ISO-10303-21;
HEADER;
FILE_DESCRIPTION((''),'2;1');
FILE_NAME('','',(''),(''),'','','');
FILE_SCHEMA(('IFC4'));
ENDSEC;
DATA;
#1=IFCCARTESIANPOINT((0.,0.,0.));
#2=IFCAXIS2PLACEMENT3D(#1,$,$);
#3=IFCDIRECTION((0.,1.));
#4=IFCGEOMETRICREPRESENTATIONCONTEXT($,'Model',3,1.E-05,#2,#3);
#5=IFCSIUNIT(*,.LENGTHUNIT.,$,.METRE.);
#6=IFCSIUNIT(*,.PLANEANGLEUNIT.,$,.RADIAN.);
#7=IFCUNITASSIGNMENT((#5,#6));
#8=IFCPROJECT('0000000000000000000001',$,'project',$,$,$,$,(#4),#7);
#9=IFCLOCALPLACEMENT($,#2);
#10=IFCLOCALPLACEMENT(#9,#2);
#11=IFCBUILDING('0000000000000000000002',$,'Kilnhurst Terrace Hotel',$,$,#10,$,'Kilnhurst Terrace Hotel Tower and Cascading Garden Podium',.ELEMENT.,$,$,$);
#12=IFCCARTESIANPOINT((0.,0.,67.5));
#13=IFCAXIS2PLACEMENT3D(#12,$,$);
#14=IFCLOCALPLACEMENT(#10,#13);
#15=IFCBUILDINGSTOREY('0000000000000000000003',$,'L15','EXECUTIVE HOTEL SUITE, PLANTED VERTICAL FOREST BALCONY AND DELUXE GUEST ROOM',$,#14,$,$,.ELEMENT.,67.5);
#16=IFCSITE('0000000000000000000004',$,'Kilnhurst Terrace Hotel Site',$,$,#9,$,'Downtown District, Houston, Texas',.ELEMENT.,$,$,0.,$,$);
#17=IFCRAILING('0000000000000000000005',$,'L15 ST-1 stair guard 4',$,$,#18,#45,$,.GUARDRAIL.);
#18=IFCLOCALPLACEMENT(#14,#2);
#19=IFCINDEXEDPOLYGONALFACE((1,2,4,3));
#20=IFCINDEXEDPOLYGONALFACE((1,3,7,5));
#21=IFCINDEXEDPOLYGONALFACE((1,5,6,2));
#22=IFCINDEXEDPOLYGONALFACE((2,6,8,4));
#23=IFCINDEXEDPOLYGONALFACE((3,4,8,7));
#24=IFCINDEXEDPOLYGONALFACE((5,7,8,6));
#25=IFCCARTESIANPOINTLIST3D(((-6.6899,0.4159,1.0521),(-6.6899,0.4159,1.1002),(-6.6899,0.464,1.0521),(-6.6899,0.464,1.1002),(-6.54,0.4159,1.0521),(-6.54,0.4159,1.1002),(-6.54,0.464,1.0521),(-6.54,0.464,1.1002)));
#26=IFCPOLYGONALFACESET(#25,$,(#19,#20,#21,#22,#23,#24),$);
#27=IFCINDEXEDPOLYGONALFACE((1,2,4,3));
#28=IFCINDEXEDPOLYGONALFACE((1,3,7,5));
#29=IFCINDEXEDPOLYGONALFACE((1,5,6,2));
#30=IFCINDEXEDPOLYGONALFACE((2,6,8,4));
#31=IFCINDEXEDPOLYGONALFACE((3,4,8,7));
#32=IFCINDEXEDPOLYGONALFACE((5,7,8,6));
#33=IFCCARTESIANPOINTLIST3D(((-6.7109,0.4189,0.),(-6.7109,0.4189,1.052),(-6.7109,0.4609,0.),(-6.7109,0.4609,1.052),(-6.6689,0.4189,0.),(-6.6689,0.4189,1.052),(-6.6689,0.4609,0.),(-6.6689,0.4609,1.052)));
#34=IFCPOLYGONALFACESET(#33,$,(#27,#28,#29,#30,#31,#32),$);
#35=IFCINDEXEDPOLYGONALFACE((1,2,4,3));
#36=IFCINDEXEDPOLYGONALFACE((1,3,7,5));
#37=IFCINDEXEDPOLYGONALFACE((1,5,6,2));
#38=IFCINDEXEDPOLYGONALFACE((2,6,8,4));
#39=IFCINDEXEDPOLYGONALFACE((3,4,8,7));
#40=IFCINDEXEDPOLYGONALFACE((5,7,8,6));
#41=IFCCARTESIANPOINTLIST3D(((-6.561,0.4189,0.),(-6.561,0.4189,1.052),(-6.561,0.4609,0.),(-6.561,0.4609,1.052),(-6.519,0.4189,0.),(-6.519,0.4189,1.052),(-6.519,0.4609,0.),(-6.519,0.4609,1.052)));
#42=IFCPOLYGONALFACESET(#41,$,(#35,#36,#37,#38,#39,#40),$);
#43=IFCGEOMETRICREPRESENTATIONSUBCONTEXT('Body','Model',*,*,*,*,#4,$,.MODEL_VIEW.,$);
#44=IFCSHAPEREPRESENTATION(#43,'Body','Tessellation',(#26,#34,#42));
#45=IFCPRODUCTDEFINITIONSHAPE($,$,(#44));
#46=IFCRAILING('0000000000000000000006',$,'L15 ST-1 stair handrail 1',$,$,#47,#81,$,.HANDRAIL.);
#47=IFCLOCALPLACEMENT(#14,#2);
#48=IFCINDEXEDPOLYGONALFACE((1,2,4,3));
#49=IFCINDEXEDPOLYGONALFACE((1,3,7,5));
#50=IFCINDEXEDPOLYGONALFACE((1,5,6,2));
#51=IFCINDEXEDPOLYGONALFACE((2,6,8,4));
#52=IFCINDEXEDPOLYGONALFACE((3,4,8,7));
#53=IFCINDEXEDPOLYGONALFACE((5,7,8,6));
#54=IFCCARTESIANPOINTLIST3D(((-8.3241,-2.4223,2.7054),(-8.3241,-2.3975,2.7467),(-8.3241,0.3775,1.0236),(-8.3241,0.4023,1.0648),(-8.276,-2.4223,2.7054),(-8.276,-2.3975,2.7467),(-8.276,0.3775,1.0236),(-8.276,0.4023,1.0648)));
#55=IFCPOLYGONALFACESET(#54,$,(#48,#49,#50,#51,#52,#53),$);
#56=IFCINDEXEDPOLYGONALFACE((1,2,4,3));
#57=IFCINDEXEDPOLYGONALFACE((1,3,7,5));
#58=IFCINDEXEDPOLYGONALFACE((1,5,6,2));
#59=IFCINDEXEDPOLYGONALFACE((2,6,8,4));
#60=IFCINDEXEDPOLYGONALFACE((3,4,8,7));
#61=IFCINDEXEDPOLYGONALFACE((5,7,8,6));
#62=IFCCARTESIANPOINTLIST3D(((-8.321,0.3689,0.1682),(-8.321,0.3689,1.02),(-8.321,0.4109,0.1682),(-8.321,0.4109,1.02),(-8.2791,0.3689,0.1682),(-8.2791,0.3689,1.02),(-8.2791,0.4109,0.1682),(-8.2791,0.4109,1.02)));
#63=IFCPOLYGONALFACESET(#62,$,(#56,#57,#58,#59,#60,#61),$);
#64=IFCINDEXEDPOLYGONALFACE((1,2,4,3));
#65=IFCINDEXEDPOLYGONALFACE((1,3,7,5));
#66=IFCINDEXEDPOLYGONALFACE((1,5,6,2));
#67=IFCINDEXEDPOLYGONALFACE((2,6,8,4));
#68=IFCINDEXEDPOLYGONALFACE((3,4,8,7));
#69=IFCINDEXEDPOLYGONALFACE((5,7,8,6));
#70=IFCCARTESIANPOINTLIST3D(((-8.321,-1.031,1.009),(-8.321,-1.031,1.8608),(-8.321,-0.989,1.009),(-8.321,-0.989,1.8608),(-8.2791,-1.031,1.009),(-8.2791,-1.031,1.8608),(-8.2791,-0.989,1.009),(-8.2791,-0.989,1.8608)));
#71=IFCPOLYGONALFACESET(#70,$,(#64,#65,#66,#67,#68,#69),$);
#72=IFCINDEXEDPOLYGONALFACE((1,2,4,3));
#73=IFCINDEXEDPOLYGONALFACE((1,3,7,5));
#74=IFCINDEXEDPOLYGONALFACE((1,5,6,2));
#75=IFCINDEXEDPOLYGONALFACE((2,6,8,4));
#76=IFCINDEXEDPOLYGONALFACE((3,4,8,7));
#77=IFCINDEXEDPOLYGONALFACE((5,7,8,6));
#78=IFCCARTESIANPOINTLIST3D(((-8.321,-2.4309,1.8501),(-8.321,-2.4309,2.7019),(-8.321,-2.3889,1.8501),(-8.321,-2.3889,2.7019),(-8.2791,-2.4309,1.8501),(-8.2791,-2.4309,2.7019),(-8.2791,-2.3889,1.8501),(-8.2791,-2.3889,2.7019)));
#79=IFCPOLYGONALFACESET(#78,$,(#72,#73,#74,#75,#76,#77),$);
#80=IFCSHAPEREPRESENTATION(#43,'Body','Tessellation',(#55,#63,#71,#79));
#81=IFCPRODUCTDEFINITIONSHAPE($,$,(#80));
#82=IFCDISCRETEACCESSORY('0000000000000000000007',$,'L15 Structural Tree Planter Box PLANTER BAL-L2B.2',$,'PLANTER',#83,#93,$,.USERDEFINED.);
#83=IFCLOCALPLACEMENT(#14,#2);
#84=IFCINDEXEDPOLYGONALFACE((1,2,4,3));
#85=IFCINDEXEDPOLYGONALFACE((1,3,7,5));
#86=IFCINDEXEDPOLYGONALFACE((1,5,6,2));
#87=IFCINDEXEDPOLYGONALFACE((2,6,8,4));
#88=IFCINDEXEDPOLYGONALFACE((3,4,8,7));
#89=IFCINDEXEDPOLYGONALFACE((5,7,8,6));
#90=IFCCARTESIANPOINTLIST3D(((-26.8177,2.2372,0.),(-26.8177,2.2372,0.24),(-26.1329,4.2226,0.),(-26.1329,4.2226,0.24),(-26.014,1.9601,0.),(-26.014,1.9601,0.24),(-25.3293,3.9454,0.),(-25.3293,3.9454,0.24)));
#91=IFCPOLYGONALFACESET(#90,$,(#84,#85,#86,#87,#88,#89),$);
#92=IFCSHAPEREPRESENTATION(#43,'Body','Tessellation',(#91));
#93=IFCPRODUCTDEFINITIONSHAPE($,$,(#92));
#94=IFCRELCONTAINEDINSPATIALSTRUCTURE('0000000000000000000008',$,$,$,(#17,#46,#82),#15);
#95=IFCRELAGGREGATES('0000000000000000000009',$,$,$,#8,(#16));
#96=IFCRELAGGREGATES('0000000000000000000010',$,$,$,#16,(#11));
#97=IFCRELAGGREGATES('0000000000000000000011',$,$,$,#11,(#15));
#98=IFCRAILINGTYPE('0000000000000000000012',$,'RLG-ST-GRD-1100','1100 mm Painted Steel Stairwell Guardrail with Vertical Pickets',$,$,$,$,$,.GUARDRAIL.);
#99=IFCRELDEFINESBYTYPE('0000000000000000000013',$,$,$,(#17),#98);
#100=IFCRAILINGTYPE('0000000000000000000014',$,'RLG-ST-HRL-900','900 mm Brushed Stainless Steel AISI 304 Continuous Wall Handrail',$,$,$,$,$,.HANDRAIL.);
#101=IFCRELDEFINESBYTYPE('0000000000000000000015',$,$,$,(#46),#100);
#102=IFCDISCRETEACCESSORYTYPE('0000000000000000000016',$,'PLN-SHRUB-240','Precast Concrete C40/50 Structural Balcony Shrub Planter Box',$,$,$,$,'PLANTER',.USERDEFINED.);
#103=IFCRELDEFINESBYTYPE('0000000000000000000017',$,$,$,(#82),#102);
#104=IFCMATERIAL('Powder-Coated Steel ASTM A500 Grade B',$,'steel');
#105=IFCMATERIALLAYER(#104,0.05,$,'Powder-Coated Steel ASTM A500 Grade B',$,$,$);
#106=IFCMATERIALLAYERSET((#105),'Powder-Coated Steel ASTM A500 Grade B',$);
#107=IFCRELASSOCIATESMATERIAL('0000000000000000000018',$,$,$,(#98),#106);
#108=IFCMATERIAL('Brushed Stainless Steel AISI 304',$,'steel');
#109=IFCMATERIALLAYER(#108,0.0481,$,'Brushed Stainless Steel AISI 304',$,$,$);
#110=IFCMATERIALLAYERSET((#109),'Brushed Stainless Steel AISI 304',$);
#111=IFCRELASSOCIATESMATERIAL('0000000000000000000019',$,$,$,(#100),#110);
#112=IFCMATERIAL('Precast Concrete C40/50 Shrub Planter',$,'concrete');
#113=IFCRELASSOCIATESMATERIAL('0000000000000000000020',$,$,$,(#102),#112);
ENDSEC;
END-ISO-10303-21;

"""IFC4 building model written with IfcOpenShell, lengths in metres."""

from ifc_helpers import new_model, si_unit, direction, frame, origin, origin_2d, place, context, subcontext, project, spatial, rectangle, extrude, material, layer, layer_set, type_object, element, save


model = new_model("IFC4")

# Units and contexts
model_context = context("Model", 3, precision=1e-05, world=origin(), true_north=direction((0.0, 1.0)))
body_context = subcontext(model_context, "Body", "Model", "MODEL_VIEW")
ifc_project = project(units=[si_unit("LENGTHUNIT", "METRE"), si_unit("PLANEANGLEUNIT", "RADIAN")], contexts=[model_context])

# Site, building, storey
site_placement = place(None, origin())
site = spatial("IfcSite", under=ifc_project, at=site_placement, Name="Kilnhurst Terrace Hotel Site", LongName="Downtown District, Houston, Texas", CompositionType="ELEMENT", RefElevation=0.0)
building_placement = place(site_placement, origin())
building = spatial("IfcBuilding", under=site, at=building_placement, Name="Kilnhurst Terrace Hotel", LongName="Kilnhurst Terrace Hotel Tower and Cascading Garden Podium", CompositionType="ELEMENT")
storey_placement = place(building_placement, frame((0.0, 0.0, 67.5)))
storey = spatial("IfcBuildingStorey", under=building, at=storey_placement, Name="L15", Description="EXECUTIVE HOTEL SUITE, PLANTED VERTICAL FOREST BALCONY AND DELUXE GUEST ROOM", CompositionType="ELEMENT", Elevation=67.5)

# Railings
ifc_material_1 = material(Name="Powder-Coated Steel ASTM A500 Grade B", Category="steel")
ifc_layer_1 = layer(ifc_material_1, 0.05, Name="Powder-Coated Steel ASTM A500 Grade B")
ifc_layer_set_1 = layer_set([ifc_layer_1], Name="Powder-Coated Steel ASTM A500 Grade B")
railing_type_1 = type_object("IfcRailingType", Name="RLG-ST-GRD-1100", Description="1100 mm Painted Steel Stairwell Guardrail with Vertical Pickets", PredefinedType="GUARDRAIL", material=ifc_layer_set_1)
railing_1_placement = place(storey_placement, frame((-6.6899, 0.4399, 0.0)))
element("IfcRailing", 1, at=railing_1_placement, inside=storey, type_object=railing_type_1, Name="L15 ST-1 stair guard 4", PredefinedType="GUARDRAIL", context=body_context, shape_type="SweptSolid", body=[
    extrude(rectangle(XDim=0.0481, YDim=0.0481, at=origin_2d()), frame((0.0, 0.0, 1.0762), z_axis=(1.0, 0.0, 0.0), x_axis=(0.0, 1.0, 0.0)), (0.0, 0.0, 1.0), 0.1499),
    extrude(rectangle(XDim=0.042, YDim=0.042, at=origin_2d()), origin(), (0.0, 0.0, 1.0), 1.052),
    extrude(rectangle(XDim=0.042, YDim=0.042, at=origin_2d()), frame((0.1499, 0.0, 0.0)), (0.0, 0.0, 1.0), 1.052),
])
ifc_material_2 = material(Name="Brushed Stainless Steel AISI 304", Category="steel")
ifc_layer_2 = layer(ifc_material_2, 0.0481, Name="Brushed Stainless Steel AISI 304")
ifc_layer_set_2 = layer_set([ifc_layer_2], Name="Brushed Stainless Steel AISI 304")
railing_type_2 = type_object("IfcRailingType", Name="RLG-ST-HRL-900", Description="900 mm Brushed Stainless Steel AISI 304 Continuous Wall Handrail", PredefinedType="HANDRAIL", material=ifc_layer_set_2)
railing_2_placement = place(storey_placement, frame((-8.3, 0.3899, 0.1682)))
element("IfcRailing", 2, at=railing_2_placement, inside=storey, type_object=railing_type_2, Name="L15 ST-1 stair handrail 1", PredefinedType="HANDRAIL", context=body_context, shape_type="SweptSolid", body=[
    extrude(rectangle(XDim=0.0481, YDim=0.0481, at=origin_2d()), frame((0.0, 0.0, 0.876), z_axis=(0.0, -0.857222, 0.514946), x_axis=(1.0, 0.0, 0.0)), (0.0, 0.0, 1.0), 3.2661),
    extrude(rectangle(XDim=0.042, YDim=0.042, at=origin_2d()), origin(), (0.0, 0.0, 1.0), 0.8518),
    extrude(rectangle(XDim=0.042, YDim=0.042, at=origin_2d()), frame((0.0, -1.3999, 0.8408)), (0.0, 0.0, 1.0), 0.8518),
    extrude(rectangle(XDim=0.042, YDim=0.042, at=origin_2d()), frame((0.0, -2.7998, 1.6819)), (0.0, 0.0, 1.0), 0.8518),
])

# Discrete accessory
ifc_material_3 = material(Name="Precast Concrete C40/50 Shrub Planter", Category="concrete")
discrete_accessory_type = type_object("IfcDiscreteAccessoryType", Name="PLN-SHRUB-240", Description="Precast Concrete C40/50 Structural Balcony Shrub Planter Box", ElementType="PLANTER", PredefinedType="USERDEFINED", material=ifc_material_3)
discrete_accessory_placement = place(storey_placement, frame((-26.0735, 3.0913, 0.0), z_axis=(0.0, 0.0, 1.0), x_axis=(-0.326063, -0.945348, 0.0)))
element("IfcDiscreteAccessory", 3, at=discrete_accessory_placement, inside=storey, type_object=discrete_accessory_type, Name="L15 Structural Tree Planter Box PLANTER BAL-L2B.2", ObjectType="PLANTER", PredefinedType="USERDEFINED", context=body_context, shape_type="SweptSolid", body=[
    extrude(rectangle(XDim=2.1001, YDim=0.8501, at=origin_2d()), origin(), (0.0, 0.0, 1.0), 0.24),
])

save(model, "model.ifc")
